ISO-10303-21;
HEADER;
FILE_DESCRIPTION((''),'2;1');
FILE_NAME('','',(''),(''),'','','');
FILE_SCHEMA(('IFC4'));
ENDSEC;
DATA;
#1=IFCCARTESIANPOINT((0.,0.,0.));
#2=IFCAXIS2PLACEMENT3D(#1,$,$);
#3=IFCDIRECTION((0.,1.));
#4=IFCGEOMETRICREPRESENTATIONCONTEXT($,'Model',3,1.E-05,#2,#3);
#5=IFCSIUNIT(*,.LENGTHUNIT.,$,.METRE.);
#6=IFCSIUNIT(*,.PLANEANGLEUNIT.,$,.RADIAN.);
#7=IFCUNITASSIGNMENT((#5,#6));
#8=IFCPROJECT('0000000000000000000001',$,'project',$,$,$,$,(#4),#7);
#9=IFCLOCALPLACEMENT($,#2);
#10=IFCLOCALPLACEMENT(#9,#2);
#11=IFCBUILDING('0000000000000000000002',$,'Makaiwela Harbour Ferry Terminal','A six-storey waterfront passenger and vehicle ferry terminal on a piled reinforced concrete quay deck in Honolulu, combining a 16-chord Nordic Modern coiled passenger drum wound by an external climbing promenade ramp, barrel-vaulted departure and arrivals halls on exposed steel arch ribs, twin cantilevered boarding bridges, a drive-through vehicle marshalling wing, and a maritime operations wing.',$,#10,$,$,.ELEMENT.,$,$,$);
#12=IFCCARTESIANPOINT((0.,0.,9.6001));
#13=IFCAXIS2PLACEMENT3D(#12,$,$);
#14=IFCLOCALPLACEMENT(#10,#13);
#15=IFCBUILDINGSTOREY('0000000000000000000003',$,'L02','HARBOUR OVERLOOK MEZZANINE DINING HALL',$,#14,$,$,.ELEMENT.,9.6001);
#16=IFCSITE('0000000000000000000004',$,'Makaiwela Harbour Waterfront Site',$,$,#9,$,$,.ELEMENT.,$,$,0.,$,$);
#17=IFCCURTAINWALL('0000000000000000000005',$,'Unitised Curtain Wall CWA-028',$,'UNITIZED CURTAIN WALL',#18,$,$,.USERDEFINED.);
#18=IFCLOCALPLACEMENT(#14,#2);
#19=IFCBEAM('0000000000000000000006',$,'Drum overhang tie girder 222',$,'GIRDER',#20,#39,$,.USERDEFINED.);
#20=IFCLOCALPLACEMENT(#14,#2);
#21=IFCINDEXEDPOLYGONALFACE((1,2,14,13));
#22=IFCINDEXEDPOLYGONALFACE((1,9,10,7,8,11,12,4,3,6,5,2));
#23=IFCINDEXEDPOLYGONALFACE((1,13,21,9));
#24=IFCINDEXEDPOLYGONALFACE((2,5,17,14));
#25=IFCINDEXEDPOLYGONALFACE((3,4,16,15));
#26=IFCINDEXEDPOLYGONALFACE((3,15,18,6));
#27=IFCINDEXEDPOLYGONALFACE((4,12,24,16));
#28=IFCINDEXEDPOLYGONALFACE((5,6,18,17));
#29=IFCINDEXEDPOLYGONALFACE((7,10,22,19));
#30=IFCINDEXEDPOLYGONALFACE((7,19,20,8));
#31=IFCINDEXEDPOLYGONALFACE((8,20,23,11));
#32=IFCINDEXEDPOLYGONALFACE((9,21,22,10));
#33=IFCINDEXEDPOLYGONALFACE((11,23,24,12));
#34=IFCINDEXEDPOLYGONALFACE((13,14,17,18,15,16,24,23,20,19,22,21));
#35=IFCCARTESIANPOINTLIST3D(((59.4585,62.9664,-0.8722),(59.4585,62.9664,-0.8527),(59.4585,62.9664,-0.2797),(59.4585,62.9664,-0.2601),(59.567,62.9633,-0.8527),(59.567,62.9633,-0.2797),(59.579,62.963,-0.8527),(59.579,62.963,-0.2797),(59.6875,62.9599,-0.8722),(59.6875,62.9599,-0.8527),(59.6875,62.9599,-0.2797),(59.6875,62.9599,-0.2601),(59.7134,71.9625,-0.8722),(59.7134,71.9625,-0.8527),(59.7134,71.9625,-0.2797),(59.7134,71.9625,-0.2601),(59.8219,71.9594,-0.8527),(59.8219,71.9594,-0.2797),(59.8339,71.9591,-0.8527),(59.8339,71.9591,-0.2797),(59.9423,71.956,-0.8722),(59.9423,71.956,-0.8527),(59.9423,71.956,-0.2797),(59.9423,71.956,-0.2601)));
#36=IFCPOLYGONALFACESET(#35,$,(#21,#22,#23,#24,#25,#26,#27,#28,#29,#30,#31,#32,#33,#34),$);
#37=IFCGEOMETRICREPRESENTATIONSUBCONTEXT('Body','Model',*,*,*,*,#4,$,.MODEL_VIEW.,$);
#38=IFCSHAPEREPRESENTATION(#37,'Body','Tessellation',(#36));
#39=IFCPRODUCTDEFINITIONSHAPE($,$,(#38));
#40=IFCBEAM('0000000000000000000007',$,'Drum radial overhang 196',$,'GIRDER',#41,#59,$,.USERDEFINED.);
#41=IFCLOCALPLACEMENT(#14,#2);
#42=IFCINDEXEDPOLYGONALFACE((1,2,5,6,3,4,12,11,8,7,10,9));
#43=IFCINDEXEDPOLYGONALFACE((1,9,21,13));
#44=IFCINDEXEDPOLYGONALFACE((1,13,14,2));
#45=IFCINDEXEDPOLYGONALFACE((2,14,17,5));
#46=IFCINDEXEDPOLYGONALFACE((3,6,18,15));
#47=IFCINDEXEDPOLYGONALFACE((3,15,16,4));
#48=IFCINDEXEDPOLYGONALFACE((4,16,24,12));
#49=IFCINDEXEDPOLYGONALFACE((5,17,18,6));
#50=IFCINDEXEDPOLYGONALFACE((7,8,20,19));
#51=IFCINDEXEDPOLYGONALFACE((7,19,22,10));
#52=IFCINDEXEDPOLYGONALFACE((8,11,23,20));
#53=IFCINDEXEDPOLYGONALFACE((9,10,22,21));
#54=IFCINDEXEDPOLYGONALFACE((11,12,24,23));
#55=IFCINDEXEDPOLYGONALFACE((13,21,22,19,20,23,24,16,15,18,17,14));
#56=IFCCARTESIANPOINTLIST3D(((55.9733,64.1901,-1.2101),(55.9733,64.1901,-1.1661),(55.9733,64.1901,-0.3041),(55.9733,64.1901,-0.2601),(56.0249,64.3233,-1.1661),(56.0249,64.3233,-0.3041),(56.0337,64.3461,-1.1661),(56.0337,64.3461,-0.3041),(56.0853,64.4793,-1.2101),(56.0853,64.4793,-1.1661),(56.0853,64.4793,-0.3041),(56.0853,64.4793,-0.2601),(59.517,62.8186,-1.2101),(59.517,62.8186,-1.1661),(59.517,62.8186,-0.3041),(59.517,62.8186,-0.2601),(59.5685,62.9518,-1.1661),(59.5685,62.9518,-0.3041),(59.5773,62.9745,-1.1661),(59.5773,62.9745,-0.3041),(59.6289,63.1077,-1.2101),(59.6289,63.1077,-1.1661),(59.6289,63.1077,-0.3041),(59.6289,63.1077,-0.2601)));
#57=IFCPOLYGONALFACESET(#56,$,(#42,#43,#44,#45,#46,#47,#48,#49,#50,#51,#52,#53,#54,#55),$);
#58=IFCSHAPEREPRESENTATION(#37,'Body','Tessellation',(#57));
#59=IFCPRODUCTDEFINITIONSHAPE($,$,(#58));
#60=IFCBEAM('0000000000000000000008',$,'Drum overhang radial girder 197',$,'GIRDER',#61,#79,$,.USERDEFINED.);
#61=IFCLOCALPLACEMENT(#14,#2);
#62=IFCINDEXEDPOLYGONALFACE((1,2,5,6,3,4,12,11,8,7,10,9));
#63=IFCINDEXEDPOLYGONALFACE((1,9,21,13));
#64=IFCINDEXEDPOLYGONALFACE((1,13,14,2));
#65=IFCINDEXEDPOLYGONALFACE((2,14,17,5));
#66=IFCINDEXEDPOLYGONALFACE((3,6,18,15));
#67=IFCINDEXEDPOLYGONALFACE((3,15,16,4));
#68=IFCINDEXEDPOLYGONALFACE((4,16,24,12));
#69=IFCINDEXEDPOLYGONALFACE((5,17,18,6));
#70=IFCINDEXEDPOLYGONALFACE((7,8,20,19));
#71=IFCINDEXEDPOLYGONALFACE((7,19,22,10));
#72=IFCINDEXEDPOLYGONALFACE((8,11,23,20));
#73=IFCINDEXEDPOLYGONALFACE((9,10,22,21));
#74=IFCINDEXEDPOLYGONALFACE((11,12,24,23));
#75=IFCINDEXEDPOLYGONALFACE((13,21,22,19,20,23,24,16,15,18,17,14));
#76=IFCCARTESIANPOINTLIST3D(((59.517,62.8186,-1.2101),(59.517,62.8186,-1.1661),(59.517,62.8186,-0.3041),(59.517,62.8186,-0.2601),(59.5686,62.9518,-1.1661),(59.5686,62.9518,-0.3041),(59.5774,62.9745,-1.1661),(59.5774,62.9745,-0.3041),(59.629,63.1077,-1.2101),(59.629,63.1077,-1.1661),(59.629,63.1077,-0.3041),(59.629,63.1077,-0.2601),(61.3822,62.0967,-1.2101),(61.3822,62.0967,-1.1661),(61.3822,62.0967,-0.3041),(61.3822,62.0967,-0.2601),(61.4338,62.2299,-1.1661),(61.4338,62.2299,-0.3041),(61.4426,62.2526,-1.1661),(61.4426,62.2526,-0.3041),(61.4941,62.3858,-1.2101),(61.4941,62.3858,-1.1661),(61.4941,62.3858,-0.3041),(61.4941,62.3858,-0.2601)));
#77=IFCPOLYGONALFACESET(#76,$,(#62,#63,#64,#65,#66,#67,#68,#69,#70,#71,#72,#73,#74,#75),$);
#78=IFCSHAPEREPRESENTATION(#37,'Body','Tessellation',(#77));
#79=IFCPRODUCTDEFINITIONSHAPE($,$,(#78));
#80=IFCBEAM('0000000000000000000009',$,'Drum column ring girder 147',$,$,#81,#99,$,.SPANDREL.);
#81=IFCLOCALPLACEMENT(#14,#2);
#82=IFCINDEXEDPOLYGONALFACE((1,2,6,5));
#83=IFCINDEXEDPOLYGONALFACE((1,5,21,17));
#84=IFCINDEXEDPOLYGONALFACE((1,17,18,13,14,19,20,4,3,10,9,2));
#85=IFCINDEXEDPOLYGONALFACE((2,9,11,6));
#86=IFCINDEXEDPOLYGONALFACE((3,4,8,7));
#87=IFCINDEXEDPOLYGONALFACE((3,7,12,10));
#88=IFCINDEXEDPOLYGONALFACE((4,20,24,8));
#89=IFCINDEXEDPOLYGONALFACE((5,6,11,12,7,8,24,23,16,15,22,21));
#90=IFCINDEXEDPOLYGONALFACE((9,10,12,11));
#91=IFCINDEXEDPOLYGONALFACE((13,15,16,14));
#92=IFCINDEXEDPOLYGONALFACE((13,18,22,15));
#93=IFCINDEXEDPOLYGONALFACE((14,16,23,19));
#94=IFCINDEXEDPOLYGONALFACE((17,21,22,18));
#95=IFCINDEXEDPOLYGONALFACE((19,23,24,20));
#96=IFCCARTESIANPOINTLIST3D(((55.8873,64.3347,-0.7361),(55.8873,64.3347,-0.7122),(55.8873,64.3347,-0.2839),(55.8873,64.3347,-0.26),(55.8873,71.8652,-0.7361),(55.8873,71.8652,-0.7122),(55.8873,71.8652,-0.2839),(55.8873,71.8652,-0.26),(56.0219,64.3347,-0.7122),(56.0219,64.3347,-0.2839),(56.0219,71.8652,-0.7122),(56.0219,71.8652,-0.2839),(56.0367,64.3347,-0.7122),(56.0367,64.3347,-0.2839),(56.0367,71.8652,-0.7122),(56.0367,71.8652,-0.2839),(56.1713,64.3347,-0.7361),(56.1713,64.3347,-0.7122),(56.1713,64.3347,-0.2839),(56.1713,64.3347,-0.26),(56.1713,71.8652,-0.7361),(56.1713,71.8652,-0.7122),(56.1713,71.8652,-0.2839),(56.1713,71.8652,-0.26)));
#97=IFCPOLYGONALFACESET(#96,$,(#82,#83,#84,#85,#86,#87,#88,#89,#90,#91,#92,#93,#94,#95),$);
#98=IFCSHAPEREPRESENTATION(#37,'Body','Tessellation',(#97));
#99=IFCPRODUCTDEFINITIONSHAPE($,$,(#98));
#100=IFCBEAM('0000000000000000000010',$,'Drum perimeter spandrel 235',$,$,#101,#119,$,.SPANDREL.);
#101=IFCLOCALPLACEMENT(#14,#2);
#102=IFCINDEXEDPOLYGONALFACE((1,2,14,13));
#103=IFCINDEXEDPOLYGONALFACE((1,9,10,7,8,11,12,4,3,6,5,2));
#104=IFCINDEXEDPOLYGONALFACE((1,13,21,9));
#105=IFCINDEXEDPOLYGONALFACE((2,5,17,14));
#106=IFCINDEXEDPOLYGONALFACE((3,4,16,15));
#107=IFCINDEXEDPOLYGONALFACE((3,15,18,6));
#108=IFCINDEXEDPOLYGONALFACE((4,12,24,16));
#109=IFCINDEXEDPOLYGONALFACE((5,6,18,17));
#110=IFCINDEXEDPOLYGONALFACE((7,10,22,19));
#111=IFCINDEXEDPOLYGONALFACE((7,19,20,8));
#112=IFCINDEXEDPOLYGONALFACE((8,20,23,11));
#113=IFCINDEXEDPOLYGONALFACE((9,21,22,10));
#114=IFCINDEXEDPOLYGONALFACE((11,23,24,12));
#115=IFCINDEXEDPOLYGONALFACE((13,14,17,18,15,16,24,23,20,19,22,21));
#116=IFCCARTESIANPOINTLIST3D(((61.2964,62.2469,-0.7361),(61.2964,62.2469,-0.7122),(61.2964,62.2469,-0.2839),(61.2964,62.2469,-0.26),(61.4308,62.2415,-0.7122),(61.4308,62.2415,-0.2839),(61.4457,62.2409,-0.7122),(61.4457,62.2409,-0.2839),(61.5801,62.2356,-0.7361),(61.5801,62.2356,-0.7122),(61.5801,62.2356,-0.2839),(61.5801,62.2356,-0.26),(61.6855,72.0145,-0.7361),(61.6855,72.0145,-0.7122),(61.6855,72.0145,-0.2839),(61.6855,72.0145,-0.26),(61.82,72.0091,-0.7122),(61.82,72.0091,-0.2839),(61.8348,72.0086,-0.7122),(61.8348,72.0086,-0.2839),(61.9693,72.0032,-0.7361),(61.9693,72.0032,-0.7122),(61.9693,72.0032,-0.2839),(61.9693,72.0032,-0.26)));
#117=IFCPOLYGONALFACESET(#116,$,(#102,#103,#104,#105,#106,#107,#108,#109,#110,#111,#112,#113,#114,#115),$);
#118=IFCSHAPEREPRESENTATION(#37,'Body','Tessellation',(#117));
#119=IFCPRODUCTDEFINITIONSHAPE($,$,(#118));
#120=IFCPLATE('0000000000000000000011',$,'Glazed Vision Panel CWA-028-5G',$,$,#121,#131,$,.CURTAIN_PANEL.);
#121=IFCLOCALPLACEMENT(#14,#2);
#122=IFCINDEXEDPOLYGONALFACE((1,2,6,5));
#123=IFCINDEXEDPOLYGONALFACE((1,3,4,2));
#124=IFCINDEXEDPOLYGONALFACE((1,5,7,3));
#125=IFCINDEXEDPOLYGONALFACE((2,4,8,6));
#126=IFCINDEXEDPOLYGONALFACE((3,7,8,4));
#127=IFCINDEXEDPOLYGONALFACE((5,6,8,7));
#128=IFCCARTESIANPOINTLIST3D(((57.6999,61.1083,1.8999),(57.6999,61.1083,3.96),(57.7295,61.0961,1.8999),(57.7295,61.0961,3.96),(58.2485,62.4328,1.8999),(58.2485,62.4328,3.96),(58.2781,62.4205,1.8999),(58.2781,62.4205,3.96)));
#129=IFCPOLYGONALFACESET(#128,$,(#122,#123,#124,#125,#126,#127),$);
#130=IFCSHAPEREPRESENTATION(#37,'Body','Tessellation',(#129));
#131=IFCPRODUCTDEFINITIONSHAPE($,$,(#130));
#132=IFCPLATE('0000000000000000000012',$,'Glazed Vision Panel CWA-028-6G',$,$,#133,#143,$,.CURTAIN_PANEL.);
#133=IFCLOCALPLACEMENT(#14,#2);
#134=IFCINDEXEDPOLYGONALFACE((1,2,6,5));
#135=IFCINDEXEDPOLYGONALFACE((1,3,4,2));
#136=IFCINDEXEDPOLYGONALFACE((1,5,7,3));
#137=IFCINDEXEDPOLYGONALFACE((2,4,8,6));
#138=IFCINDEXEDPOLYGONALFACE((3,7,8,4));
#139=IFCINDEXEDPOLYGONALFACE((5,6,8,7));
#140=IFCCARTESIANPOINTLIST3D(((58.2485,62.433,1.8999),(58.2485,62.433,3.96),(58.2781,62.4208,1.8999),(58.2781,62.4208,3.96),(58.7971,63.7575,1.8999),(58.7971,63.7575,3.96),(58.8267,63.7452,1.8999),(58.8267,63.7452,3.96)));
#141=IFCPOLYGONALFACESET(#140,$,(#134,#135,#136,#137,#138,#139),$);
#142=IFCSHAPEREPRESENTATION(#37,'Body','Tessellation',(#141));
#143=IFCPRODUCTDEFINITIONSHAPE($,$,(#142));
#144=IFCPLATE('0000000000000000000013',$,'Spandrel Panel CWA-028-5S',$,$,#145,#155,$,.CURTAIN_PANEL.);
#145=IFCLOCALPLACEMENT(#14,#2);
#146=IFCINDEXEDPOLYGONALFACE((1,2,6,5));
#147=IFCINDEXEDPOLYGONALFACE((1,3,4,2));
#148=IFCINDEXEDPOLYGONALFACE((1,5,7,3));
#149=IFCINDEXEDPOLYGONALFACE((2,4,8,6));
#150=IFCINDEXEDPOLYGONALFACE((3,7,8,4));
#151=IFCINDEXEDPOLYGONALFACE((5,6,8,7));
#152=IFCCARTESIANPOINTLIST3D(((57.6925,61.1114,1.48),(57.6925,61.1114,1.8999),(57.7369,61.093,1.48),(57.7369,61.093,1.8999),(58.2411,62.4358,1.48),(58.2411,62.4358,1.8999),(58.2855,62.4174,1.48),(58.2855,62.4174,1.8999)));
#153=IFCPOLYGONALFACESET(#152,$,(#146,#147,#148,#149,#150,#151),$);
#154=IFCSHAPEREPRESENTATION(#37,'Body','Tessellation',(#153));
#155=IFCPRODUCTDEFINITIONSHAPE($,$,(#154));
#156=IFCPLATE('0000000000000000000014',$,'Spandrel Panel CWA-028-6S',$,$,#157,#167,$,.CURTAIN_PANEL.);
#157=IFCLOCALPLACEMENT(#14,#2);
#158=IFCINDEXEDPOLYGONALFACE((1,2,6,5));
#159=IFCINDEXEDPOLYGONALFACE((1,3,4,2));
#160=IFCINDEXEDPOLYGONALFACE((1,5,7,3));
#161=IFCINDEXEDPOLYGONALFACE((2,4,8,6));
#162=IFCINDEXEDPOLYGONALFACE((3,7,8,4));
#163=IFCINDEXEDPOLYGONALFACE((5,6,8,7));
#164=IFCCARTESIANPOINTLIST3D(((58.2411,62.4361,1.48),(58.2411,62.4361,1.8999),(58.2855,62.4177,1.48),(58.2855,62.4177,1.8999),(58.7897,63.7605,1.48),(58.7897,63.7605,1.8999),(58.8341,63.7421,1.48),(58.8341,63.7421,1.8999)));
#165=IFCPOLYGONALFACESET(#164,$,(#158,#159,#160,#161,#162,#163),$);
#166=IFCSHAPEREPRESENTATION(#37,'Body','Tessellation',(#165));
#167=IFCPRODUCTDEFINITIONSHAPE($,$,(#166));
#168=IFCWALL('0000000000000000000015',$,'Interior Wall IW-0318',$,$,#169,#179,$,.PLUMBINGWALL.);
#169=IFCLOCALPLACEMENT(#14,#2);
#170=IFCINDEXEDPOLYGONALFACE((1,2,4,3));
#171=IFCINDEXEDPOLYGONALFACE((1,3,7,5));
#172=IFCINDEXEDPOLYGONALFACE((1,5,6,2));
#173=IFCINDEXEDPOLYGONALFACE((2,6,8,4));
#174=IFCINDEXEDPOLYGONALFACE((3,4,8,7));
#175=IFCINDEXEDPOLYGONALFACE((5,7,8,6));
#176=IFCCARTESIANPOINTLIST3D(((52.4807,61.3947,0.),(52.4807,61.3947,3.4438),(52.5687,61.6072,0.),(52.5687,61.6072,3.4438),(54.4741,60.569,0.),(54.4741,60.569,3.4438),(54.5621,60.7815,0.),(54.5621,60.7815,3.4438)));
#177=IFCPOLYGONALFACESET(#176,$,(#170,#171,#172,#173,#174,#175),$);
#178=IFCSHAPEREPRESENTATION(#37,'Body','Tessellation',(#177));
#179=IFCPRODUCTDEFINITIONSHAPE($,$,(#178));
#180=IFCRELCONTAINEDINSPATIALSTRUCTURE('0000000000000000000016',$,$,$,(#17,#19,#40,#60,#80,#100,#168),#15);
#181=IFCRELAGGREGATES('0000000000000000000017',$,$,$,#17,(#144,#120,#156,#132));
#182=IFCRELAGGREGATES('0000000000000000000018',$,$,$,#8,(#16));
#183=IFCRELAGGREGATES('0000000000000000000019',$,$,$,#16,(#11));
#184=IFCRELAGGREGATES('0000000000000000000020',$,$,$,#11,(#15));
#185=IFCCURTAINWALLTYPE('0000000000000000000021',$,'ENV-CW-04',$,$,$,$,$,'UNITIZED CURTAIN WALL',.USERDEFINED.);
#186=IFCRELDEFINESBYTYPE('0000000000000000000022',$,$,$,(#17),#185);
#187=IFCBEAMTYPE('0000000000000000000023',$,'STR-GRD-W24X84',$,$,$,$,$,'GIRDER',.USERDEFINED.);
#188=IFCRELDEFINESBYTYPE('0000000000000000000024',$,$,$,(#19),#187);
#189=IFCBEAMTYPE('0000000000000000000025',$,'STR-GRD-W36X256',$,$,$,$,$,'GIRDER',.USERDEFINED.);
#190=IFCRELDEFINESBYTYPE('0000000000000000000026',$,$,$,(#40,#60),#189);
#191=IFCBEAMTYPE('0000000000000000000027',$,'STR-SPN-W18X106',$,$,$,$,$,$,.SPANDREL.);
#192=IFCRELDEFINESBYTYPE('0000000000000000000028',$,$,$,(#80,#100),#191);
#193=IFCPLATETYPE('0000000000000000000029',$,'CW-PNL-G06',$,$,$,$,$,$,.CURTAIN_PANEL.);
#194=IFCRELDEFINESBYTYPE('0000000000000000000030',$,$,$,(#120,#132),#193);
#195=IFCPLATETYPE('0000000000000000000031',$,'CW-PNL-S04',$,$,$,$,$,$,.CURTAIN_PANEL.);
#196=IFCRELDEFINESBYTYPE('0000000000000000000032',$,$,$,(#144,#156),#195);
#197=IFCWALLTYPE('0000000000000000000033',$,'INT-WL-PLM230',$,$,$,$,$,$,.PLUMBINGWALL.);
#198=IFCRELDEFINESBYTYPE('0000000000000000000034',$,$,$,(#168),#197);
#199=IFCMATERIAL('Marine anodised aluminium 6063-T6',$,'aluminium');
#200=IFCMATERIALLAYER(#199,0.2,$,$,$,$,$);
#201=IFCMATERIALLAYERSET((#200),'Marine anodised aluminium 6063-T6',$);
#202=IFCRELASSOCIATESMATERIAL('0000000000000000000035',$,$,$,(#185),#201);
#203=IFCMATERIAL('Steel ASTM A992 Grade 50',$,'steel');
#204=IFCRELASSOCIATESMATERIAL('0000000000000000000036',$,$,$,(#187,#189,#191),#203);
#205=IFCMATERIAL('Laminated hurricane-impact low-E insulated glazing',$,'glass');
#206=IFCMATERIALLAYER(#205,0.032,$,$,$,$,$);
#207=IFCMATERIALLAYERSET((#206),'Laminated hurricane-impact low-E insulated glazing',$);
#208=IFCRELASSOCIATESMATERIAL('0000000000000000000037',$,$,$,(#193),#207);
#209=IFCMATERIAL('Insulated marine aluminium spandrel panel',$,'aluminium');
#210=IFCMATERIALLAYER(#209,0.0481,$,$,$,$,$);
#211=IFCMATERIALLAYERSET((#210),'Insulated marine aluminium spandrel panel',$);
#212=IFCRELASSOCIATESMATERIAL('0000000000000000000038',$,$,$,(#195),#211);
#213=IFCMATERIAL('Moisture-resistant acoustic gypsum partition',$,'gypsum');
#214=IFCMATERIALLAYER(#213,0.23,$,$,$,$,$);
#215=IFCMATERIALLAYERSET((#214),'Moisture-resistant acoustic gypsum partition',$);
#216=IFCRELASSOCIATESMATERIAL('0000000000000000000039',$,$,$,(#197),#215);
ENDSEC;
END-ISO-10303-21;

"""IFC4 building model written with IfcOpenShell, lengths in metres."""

from ifc_helpers import new_model, si_unit, direction, frame, frame_2d, origin, origin_2d, place, context, subcontext, project, spatial, rectangle, i_section, extrude, material, layer, layer_set, material_profile, profile_set, type_object, element, aggregate, save


model = new_model("IFC4")

# Units and contexts
model_context = context("Model", 3, precision=1e-05, world=origin(), true_north=direction((0.0, 1.0)))
body_context = subcontext(model_context, "Body", "Model", "MODEL_VIEW")
ifc_project = project(units=[si_unit("LENGTHUNIT", "METRE"), si_unit("PLANEANGLEUNIT", "RADIAN")], contexts=[model_context])

# Site, building, storey
site_placement = place(None, origin())
site = spatial("IfcSite", under=ifc_project, at=site_placement, Name="Makaiwela Harbour Waterfront Site", CompositionType="ELEMENT", RefElevation=0.0)
building_placement = place(site_placement, origin())
building = spatial("IfcBuilding", under=site, at=building_placement, Name="Makaiwela Harbour Ferry Terminal", Description="A six-storey waterfront passenger and vehicle ferry terminal on a piled reinforced concrete quay deck in Honolulu, combining a 16-chord Nordic Modern coiled passenger drum wound by an external climbing promenade ramp, barrel-vaulted departure and arrivals halls on exposed steel arch ribs, twin cantilevered boarding bridges, a drive-through vehicle marshalling wing, and a maritime operations wing.", CompositionType="ELEMENT")
storey_placement = place(building_placement, frame((0.0, 0.0, 9.6001)))
storey = spatial("IfcBuildingStorey", under=building, at=storey_placement, Name="L02", Description="HARBOUR OVERLOOK MEZZANINE DINING HALL", CompositionType="ELEMENT", Elevation=9.6001)

# Shared definitions
ifc_material_1 = material(Name="Steel ASTM A992 Grade 50", Category="steel")

# Curtain wall
ifc_material_2 = material(Name="Marine anodised aluminium 6063-T6", Category="aluminium")
ifc_layer_1 = layer(ifc_material_2, 0.2)
ifc_layer_set_1 = layer_set([ifc_layer_1], Name="Marine anodised aluminium 6063-T6")
curtain_wall_type = type_object("IfcCurtainWallType", Name="ENV-CW-04", ElementType="UNITIZED CURTAIN WALL", PredefinedType="USERDEFINED", material=ifc_layer_set_1)
curtain_wall_placement = place(storey_placement, origin())
curtain_wall = element("IfcCurtainWall", 1, at=curtain_wall_placement, inside=storey, type_object=curtain_wall_type, Name="Unitised Curtain Wall CWA-028", ObjectType="UNITIZED CURTAIN WALL", PredefinedType="USERDEFINED")

# Beams
ifc_material_profile_1 = material_profile(ifc_material_1, i_section(OverallWidth=0.229, OverallDepth=0.6121, WebThickness=0.012, FlangeThickness=0.0195, at=origin_2d()), Name="W24X84")
ifc_profile_set_1 = profile_set([ifc_material_profile_1], Name="Steel ASTM A992 Grade 50")
beam_type_1 = type_object("IfcBeamType", Name="STR-GRD-W24X84", ElementType="GIRDER", PredefinedType="USERDEFINED", material=ifc_profile_set_1)
beam_1_placement = place(storey_placement, frame((59.573, 62.9631, -0.5662), z_axis=(0.028321, 0.999599, 0.0), x_axis=(-0.999599, 0.028321, 0.0)))
element("IfcBeam", 2, at=beam_1_placement, inside=storey, type_object=beam_type_1, Name="Drum overhang tie girder 222", ObjectType="GIRDER", PredefinedType="USERDEFINED", context=body_context, shape_type="SweptSolid", body=[
    extrude(i_section(OverallWidth=0.229, OverallDepth=0.6121, WebThickness=0.012, FlangeThickness=0.0195, at=origin_2d()), origin(), (0.0, 0.0, 1.0), 8.9998),
])
ifc_material_profile_2 = material_profile(ifc_material_1, i_section(OverallWidth=0.3101, OverallDepth=0.95, WebThickness=0.0244, FlangeThickness=0.0439, at=origin_2d()), Name="W36X256")
ifc_profile_set_2 = profile_set([ifc_material_profile_2], Name="Steel ASTM A992 Grade 50")
beam_type_2 = type_object("IfcBeamType", Name="STR-GRD-W36X256", ElementType="GIRDER", PredefinedType="USERDEFINED", material=ifc_profile_set_2)
beam_2_placement = place(storey_placement, frame((56.0293, 64.3347, -0.7351), z_axis=(0.932583, -0.360954, 0.0), x_axis=(0.360954, 0.932583, 0.0)))
element("IfcBeam", 3, at=beam_2_placement, inside=storey, type_object=beam_type_2, Name="Drum radial overhang 196", ObjectType="GIRDER", PredefinedType="USERDEFINED", context=body_context, shape_type="SweptSolid", body=[
    extrude(i_section(OverallWidth=0.3101, OverallDepth=0.95, WebThickness=0.0244, FlangeThickness=0.0439, at=origin_2d()), origin(), (0.0, 0.0, 1.0), 3.7998),
])
beam_3_placement = place(storey_placement, frame((59.573, 62.9631, -0.7351), z_axis=(0.932585, -0.36095, 0.0), x_axis=(0.36095, 0.932585, 0.0)))
element("IfcBeam", 4, at=beam_3_placement, inside=storey, type_object=beam_type_2, Name="Drum overhang radial girder 197", ObjectType="GIRDER", PredefinedType="USERDEFINED", context=body_context, shape_type="SweptSolid", body=[
    extrude(i_section(OverallWidth=0.3101, OverallDepth=0.95, WebThickness=0.0244, FlangeThickness=0.0439, at=origin_2d()), origin(), (0.0, 0.0, 1.0), 2.0),
])
ifc_material_profile_3 = material_profile(ifc_material_1, i_section(OverallWidth=0.2839, OverallDepth=0.4761, WebThickness=0.0149, FlangeThickness=0.0239, at=origin_2d()), Name="W18X106")
ifc_profile_set_3 = profile_set([ifc_material_profile_3], Name="Steel ASTM A992 Grade 50")
beam_type_3 = type_object("IfcBeamType", Name="STR-SPN-W18X106", PredefinedType="SPANDREL", material=ifc_profile_set_3)
beam_4_placement = place(storey_placement, frame((56.0293, 64.3347, -0.498), z_axis=(0.0, 1.0, 0.0), x_axis=(-1.0, 0.0, 0.0)))
element("IfcBeam", 5, at=beam_4_placement, inside=storey, type_object=beam_type_3, Name="Drum column ring girder 147", PredefinedType="SPANDREL", context=body_context, shape_type="SweptSolid", body=[
    extrude(i_section(OverallWidth=0.2839, OverallDepth=0.4761, WebThickness=0.0149, FlangeThickness=0.0239, at=origin_2d()), origin(), (0.0, 0.0, 1.0), 7.5305),
])
beam_5_placement = place(storey_placement, frame((61.4382, 62.2412, -0.498), z_axis=(0.03981, 0.999207, 0.0), x_axis=(-0.999207, 0.03981, 0.0)))
element("IfcBeam", 6, at=beam_5_placement, inside=storey, type_object=beam_type_3, Name="Drum perimeter spandrel 235", PredefinedType="SPANDREL", context=body_context, shape_type="SweptSolid", body=[
    extrude(i_section(OverallWidth=0.2839, OverallDepth=0.4761, WebThickness=0.0149, FlangeThickness=0.0239, at=origin_2d()), origin(), (0.0, 0.0, 1.0), 9.7754),
])

# Plates
ifc_material_3 = material(Name="Laminated hurricane-impact low-E insulated glazing", Category="glass")
ifc_layer_2 = layer(ifc_material_3, 0.032)
ifc_layer_set_2 = layer_set([ifc_layer_2], Name="Laminated hurricane-impact low-E insulated glazing")
plate_type_1 = type_object("IfcPlateType", Name="CW-PNL-G06", PredefinedType="CURTAIN_PANEL", material=ifc_layer_set_2)
plate_1_placement = place(storey_placement, frame((57.989, 61.7644, 1.8999), z_axis=(0.0, 0.0, 1.0), x_axis=(0.382683, 0.92388, 0.0)))
plate_1 = element("IfcPlate", 7, at=plate_1_placement, type_object=plate_type_1, Name="Glazed Vision Panel CWA-028-5G", PredefinedType="CURTAIN_PANEL", context=body_context, shape_type="SweptSolid", body=[
    extrude(rectangle(XDim=1.4336, YDim=0.032, at=origin_2d()), origin(), (0.0, 0.0, 1.0), 2.0601),
])
plate_2_placement = place(storey_placement, frame((58.5376, 63.0891, 1.8999), z_axis=(0.0, 0.0, 1.0), x_axis=(0.382683, 0.92388, 0.0)))
plate_2 = element("IfcPlate", 8, at=plate_2_placement, type_object=plate_type_1, Name="Glazed Vision Panel CWA-028-6G", PredefinedType="CURTAIN_PANEL", context=body_context, shape_type="SweptSolid", body=[
    extrude(rectangle(XDim=1.4336, YDim=0.032, at=origin_2d()), origin(), (0.0, 0.0, 1.0), 2.0601),
])
ifc_material_4 = material(Name="Insulated marine aluminium spandrel panel", Category="aluminium")
ifc_layer_3 = layer(ifc_material_4, 0.0481)
ifc_layer_set_3 = layer_set([ifc_layer_3], Name="Insulated marine aluminium spandrel panel")
plate_type_2 = type_object("IfcPlateType", Name="CW-PNL-S04", PredefinedType="CURTAIN_PANEL", material=ifc_layer_set_3)
plate_3_placement = place(storey_placement, frame((57.989, 61.7644, 1.48), z_axis=(0.0, 0.0, 1.0), x_axis=(0.382683, 0.92388, 0.0)))
plate_3 = element("IfcPlate", 9, at=plate_3_placement, type_object=plate_type_2, Name="Spandrel Panel CWA-028-5S", PredefinedType="CURTAIN_PANEL", context=body_context, shape_type="SweptSolid", body=[
    extrude(rectangle(XDim=1.4336, YDim=0.0481, at=origin_2d()), origin(), (0.0, 0.0, 1.0), 0.4199),
])
plate_4_placement = place(storey_placement, frame((58.5376, 63.0891, 1.48), z_axis=(0.0, 0.0, 1.0), x_axis=(0.382683, 0.92388, 0.0)))
plate_4 = element("IfcPlate", 10, at=plate_4_placement, type_object=plate_type_2, Name="Spandrel Panel CWA-028-6S", PredefinedType="CURTAIN_PANEL", context=body_context, shape_type="SweptSolid", body=[
    extrude(rectangle(XDim=1.4336, YDim=0.0481, at=origin_2d()), origin(), (0.0, 0.0, 1.0), 0.4199),
])
aggregate(curtain_wall, [plate_3, plate_1, plate_4, plate_2])

# Shared definitions
ifc_material_5 = material(Name="Moisture-resistant acoustic gypsum partition", Category="gypsum")
ifc_layer_4 = layer(ifc_material_5, 0.23)
ifc_layer_set_4 = layer_set([ifc_layer_4], Name="Moisture-resistant acoustic gypsum partition")
wall_type = type_object("IfcWallType", Name="INT-WL-PLM230", PredefinedType="PLUMBINGWALL", material=ifc_layer_set_4)

# Wall
wall_1_placement = place(storey_placement, frame((52.5247, 61.501, 0.0), z_axis=(0.0, 0.0, 1.0), x_axis=(0.923882, -0.382678, 0.0)))
element("IfcWall", 11, at=wall_1_placement, inside=storey, type_object=wall_type, Name="Interior Wall IW-0318", PredefinedType="PLUMBINGWALL", context=body_context, shape_type="SweptSolid", body=[
    extrude(rectangle(XDim=2.1577, YDim=0.23, at=frame_2d((1.0789, 0.0))), origin(), (0.0, 0.0, 1.0), 3.4438),
])

save(model, "model.ifc")
